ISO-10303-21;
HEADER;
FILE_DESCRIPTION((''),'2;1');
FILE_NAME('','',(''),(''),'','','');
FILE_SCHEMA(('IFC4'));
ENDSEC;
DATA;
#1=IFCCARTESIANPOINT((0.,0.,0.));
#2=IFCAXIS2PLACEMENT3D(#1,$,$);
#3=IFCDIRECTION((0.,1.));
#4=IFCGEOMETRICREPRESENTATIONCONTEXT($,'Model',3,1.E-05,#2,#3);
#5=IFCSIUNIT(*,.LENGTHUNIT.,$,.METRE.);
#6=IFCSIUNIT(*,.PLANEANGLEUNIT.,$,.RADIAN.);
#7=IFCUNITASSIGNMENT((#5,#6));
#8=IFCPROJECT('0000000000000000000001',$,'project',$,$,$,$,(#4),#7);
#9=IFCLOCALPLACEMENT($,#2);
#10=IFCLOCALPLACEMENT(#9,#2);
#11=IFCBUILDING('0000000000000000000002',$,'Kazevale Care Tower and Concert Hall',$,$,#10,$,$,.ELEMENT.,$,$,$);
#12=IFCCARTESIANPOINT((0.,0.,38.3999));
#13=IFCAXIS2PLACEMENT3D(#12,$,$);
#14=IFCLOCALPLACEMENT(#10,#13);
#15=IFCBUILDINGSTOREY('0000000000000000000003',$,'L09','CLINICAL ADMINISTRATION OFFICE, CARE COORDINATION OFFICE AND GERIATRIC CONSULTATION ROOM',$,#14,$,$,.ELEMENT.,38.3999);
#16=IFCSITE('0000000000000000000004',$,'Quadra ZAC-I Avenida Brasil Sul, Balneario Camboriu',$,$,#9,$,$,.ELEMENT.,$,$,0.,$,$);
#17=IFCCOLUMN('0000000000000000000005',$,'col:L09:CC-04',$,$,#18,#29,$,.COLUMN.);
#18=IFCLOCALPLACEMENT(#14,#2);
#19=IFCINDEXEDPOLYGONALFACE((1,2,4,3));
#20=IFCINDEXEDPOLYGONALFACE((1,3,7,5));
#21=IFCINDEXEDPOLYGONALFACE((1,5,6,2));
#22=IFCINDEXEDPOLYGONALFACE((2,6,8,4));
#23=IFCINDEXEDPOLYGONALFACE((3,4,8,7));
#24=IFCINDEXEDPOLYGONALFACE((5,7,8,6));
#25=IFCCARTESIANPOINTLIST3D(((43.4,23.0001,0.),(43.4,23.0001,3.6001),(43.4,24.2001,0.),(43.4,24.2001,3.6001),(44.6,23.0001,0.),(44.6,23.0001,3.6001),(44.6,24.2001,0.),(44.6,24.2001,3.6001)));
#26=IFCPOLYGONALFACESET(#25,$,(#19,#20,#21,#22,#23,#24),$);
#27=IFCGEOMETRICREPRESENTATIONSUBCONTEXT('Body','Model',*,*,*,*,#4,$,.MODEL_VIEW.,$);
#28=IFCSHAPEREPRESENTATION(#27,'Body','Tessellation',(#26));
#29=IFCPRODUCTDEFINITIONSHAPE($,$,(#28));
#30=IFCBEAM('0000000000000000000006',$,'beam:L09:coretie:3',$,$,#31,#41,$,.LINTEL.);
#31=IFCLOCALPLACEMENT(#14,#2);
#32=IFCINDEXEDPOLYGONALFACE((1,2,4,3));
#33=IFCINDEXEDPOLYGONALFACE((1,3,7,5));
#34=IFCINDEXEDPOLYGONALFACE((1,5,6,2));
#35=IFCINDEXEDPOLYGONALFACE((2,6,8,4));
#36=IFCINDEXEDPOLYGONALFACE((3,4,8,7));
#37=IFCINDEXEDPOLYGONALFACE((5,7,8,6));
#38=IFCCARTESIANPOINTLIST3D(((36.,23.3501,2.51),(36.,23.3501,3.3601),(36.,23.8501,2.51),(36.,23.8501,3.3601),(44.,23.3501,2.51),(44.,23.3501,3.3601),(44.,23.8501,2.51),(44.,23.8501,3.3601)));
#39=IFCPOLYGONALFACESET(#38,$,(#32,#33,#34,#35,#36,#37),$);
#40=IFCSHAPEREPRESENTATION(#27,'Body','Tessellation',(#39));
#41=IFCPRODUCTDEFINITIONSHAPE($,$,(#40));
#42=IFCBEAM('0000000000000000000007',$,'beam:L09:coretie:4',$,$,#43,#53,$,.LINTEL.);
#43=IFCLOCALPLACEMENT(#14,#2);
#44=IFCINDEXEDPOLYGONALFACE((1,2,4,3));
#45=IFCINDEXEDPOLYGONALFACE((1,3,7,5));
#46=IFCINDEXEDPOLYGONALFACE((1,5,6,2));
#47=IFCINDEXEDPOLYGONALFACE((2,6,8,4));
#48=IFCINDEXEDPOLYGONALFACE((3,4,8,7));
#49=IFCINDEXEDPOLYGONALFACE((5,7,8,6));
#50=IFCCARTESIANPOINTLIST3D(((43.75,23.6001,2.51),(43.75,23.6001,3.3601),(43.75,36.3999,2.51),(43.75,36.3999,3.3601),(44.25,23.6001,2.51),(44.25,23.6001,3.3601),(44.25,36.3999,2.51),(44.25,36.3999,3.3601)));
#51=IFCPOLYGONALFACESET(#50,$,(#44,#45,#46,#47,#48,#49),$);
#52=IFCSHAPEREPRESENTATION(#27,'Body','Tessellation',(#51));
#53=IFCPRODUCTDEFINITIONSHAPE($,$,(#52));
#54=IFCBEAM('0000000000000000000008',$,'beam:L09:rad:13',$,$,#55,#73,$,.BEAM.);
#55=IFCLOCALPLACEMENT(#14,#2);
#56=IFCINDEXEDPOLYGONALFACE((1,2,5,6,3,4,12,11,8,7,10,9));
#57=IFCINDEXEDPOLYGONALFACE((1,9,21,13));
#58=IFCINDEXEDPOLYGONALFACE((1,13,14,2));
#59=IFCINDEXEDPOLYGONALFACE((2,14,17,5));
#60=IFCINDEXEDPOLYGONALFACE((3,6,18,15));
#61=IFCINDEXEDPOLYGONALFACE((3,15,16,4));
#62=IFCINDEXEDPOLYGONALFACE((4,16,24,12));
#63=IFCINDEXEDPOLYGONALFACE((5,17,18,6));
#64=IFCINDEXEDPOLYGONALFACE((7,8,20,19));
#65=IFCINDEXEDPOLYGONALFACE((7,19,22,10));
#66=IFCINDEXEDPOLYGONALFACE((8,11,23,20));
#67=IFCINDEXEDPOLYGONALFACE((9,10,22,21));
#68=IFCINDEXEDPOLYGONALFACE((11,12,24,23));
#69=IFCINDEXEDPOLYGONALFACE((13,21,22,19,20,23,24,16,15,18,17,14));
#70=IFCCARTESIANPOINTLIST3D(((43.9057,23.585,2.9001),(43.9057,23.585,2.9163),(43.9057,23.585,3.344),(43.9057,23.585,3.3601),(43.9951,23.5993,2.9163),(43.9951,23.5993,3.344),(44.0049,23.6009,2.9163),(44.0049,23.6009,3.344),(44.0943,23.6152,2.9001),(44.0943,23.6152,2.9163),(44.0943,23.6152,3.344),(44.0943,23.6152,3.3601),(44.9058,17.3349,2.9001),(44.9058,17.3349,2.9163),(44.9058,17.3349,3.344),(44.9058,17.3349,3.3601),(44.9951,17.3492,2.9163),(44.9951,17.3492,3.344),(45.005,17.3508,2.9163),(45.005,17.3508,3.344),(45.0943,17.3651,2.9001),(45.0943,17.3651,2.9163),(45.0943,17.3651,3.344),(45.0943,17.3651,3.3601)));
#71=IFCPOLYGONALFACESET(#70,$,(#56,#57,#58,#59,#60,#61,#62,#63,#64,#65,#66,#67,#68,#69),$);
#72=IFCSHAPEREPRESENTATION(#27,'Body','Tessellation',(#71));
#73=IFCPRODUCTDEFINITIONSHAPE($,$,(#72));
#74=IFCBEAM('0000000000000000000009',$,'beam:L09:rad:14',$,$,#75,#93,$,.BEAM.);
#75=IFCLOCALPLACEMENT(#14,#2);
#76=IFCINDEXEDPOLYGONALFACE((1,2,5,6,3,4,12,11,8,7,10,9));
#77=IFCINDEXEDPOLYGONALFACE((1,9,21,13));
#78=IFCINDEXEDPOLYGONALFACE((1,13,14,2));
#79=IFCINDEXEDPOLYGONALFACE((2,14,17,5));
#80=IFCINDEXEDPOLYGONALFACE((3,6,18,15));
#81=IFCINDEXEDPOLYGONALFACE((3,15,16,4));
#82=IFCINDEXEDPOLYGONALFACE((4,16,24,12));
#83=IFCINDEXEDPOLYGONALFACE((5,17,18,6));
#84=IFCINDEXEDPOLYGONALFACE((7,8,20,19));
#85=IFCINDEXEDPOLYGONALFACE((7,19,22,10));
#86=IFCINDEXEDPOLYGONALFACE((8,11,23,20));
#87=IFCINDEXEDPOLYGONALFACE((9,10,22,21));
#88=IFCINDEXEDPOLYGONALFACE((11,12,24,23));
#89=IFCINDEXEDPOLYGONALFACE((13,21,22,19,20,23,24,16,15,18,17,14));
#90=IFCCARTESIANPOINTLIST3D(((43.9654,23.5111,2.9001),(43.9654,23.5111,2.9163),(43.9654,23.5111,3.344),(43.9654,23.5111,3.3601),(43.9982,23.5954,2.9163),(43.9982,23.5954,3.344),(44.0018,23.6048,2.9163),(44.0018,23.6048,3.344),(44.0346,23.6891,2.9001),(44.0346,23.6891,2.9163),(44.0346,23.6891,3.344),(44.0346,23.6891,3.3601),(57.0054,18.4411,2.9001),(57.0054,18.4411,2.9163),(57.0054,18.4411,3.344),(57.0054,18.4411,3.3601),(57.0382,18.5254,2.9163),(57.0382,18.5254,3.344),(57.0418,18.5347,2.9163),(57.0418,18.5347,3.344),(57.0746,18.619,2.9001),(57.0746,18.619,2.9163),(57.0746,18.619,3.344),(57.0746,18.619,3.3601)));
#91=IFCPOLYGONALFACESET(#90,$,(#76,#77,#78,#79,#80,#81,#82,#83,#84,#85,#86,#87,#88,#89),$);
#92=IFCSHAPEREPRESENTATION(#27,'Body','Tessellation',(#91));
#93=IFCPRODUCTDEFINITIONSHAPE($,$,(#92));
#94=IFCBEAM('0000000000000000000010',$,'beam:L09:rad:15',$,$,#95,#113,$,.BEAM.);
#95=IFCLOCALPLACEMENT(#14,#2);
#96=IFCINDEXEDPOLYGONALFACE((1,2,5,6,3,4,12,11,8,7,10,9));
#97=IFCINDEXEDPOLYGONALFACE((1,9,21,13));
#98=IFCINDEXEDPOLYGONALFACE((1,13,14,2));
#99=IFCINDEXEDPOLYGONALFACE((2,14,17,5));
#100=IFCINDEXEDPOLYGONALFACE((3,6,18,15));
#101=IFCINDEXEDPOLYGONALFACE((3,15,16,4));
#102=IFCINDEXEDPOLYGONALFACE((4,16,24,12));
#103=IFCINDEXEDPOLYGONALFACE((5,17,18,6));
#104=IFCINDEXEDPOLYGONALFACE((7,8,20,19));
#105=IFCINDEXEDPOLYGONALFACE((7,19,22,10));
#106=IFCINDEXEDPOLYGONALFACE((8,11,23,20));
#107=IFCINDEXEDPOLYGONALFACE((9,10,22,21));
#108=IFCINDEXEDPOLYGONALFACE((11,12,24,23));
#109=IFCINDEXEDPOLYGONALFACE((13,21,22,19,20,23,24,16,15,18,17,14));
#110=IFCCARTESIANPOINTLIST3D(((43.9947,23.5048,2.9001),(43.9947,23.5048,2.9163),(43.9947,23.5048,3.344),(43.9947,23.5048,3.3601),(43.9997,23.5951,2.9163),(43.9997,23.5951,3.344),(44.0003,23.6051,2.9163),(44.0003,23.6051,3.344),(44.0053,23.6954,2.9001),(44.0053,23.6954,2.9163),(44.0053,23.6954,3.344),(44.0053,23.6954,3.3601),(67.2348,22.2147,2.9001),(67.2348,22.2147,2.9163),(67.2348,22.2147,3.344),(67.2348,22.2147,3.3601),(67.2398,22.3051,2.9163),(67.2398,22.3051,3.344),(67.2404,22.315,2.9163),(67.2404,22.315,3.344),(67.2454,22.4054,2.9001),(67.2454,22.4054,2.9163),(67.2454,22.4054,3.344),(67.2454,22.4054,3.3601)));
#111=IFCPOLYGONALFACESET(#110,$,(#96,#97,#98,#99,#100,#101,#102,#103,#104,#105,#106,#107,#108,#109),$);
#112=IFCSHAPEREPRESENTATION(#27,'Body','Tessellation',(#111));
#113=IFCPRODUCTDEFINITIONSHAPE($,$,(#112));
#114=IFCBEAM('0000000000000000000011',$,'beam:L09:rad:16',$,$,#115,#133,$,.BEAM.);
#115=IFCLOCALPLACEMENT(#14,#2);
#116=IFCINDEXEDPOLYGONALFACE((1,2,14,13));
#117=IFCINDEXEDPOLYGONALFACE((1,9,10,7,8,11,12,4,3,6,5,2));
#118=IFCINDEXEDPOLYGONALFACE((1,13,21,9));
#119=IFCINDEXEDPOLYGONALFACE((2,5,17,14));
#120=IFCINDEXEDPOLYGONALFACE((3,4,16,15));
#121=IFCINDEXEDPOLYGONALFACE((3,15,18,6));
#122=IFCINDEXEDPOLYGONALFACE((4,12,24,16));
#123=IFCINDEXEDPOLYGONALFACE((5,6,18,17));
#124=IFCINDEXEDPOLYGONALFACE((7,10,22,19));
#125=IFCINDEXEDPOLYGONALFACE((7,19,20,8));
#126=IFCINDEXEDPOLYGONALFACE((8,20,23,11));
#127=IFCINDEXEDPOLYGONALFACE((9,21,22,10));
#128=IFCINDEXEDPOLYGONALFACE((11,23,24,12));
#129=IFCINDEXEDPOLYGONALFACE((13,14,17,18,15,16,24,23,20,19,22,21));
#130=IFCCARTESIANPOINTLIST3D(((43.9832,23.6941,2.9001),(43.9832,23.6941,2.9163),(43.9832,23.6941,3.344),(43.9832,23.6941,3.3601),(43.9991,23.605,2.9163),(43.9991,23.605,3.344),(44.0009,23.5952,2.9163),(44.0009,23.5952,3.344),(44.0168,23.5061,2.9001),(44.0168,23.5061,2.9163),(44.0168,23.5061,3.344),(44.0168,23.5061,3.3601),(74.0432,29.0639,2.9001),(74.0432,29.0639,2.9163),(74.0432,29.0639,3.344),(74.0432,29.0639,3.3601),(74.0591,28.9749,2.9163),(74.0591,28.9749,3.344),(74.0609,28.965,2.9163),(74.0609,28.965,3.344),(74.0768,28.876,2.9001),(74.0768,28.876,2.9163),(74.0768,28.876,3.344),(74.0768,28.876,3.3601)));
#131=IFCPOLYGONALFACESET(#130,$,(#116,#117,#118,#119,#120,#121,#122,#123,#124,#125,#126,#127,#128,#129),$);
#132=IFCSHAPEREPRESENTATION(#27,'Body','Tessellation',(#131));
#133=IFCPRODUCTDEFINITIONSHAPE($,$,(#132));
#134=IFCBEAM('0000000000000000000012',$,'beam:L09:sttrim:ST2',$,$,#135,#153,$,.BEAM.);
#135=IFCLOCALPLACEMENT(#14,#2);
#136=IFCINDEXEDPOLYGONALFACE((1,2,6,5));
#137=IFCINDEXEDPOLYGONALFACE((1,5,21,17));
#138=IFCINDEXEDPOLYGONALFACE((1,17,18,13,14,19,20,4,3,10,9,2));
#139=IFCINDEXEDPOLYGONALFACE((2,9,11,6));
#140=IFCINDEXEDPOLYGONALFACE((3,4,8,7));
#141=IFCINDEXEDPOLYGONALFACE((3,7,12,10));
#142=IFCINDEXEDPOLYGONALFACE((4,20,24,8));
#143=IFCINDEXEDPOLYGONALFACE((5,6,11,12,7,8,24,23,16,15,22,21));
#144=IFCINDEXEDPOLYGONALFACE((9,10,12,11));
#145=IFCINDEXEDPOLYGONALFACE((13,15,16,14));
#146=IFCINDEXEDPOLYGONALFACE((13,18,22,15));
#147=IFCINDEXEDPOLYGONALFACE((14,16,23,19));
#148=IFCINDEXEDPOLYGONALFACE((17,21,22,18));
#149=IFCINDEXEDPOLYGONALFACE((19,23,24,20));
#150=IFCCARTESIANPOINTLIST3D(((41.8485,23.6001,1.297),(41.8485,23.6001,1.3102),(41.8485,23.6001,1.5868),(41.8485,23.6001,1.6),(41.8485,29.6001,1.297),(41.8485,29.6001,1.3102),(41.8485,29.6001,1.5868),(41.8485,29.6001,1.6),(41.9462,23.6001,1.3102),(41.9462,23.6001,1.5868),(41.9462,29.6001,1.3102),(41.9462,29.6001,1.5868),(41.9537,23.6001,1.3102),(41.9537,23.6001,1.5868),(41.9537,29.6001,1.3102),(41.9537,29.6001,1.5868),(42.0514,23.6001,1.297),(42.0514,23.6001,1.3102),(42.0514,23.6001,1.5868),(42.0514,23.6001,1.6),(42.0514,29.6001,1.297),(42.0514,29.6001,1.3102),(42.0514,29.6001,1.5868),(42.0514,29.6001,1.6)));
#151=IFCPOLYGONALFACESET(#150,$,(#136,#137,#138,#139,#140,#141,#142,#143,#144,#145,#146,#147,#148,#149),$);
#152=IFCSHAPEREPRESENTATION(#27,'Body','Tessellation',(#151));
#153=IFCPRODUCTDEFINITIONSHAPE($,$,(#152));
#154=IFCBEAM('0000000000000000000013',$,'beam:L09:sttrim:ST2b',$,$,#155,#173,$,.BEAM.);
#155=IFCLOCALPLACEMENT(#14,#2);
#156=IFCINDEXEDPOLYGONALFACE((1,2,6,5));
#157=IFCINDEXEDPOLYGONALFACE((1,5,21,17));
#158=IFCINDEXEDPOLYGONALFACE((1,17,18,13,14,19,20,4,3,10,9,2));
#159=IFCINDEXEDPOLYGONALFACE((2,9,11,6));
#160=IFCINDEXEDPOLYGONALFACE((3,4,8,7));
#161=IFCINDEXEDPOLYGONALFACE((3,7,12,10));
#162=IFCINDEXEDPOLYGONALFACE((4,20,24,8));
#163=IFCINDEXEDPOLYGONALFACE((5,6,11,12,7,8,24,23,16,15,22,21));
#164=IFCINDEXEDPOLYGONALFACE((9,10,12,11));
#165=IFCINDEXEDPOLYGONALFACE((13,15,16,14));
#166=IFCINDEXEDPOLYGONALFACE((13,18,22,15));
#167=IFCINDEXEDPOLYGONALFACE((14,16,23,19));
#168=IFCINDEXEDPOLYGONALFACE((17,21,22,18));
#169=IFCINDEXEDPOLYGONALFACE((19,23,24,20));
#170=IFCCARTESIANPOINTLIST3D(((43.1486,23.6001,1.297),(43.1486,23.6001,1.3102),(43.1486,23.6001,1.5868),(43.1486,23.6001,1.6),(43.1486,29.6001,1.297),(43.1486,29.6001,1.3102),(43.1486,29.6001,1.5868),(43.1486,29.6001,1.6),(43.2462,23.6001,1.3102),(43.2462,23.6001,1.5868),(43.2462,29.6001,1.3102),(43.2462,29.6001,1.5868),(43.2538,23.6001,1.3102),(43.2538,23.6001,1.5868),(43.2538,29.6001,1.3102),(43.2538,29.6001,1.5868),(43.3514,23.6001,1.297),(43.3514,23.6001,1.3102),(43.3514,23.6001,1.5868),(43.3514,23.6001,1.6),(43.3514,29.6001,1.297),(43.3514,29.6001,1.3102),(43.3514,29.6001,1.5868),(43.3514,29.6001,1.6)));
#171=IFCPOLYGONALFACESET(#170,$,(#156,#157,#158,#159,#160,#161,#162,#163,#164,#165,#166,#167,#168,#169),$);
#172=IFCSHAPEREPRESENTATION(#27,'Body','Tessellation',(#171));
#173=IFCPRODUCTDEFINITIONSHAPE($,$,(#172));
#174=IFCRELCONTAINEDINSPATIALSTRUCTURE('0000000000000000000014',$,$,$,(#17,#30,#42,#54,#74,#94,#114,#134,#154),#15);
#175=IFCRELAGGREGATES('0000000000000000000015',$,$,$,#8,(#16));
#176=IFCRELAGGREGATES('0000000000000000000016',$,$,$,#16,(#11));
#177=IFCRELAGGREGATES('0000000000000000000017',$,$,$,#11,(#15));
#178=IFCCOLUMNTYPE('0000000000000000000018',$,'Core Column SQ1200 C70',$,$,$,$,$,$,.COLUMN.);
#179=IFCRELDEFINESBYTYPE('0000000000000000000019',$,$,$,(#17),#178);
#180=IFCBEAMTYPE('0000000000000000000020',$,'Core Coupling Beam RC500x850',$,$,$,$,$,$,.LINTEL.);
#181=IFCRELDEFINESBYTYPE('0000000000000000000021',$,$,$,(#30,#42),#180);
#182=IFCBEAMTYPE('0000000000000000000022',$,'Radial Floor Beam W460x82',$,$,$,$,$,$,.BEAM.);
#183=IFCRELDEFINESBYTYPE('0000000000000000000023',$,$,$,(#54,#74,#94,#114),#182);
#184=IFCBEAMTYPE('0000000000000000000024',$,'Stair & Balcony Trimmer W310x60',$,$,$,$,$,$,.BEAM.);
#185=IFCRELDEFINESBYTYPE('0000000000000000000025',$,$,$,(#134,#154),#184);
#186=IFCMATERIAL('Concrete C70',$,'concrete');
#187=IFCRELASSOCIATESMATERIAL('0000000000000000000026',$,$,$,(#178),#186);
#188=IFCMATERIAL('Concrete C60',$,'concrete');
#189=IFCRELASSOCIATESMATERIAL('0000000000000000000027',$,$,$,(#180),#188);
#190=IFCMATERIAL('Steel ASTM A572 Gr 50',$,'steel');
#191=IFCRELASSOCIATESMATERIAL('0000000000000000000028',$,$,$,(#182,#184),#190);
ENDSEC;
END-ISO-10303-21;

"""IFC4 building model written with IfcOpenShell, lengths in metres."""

from ifc_helpers import new_model, si_unit, direction, frame, origin, origin_2d, place, context, subcontext, project, spatial, rectangle, i_section, extrude, material, material_profile, profile_set, type_object, element, save


model = new_model("IFC4")

# Units and contexts
model_context = context("Model", 3, precision=1e-05, world=origin(), true_north=direction((0.0, 1.0)))
body_context = subcontext(model_context, "Body", "Model", "MODEL_VIEW")
ifc_project = project(units=[si_unit("LENGTHUNIT", "METRE"), si_unit("PLANEANGLEUNIT", "RADIAN")], contexts=[model_context])

# Site, building, storey
site_placement = place(None, origin())
site = spatial("IfcSite", under=ifc_project, at=site_placement, Name="Quadra ZAC-I Avenida Brasil Sul, Balneario Camboriu", CompositionType="ELEMENT", RefElevation=0.0)
building_placement = place(site_placement, origin())
building = spatial("IfcBuilding", under=site, at=building_placement, Name="Kazevale Care Tower and Concert Hall", CompositionType="ELEMENT")
storey_placement = place(building_placement, frame((0.0, 0.0, 38.3999)))
storey = spatial("IfcBuildingStorey", under=building, at=storey_placement, Name="L09", Description="CLINICAL ADMINISTRATION OFFICE, CARE COORDINATION OFFICE AND GERIATRIC CONSULTATION ROOM", CompositionType="ELEMENT", Elevation=38.3999)

# Column
ifc_material_1 = material(Name="Concrete C70", Category="concrete")
ifc_material_profile_1 = material_profile(ifc_material_1, rectangle(XDim=1.2, YDim=1.2, at=origin_2d()), Name="RC-SQ1200")
ifc_profile_set_1 = profile_set([ifc_material_profile_1], Name="Concrete C70")
column_type = type_object("IfcColumnType", Name="Core Column SQ1200 C70", PredefinedType="COLUMN", material=ifc_profile_set_1)
column_placement = place(storey_placement, frame((44.0, 23.6001, 0.0), z_axis=(0.0, 0.0, 1.0), x_axis=(1.0, 0.0, 0.0)))
element("IfcColumn", 1, at=column_placement, inside=storey, type_object=column_type, Name="col:L09:CC-04", PredefinedType="COLUMN", context=body_context, shape_type="SweptSolid", body=[
    extrude(rectangle(XDim=1.2, YDim=1.2, at=origin_2d()), origin(), (0.0, 0.0, 1.0), 3.6001),
])

# Beams
ifc_material_2 = material(Name="Concrete C60", Category="concrete")
ifc_material_profile_2 = material_profile(ifc_material_2, rectangle(XDim=0.5, YDim=0.8501, at=origin_2d()), Name="RC-B500x850")
ifc_profile_set_2 = profile_set([ifc_material_profile_2], Name="Concrete C60")
beam_type_1 = type_object("IfcBeamType", Name="Core Coupling Beam RC500x850", PredefinedType="LINTEL", material=ifc_profile_set_2)
beam_1_placement = place(storey_placement, frame((36.0, 23.6001, 2.9351), z_axis=(1.0, 0.0, 0.0), x_axis=(0.0, 1.0, 0.0)))
element("IfcBeam", 2, at=beam_1_placement, inside=storey, type_object=beam_type_1, Name="beam:L09:coretie:3", PredefinedType="LINTEL", context=body_context, shape_type="SweptSolid", body=[
    extrude(rectangle(XDim=0.5, YDim=0.8501, at=origin_2d()), origin(), (0.0, 0.0, 1.0), 8.0),
])
beam_2_placement = place(storey_placement, frame((44.0, 23.6001, 2.9351), z_axis=(0.0, 1.0, 0.0), x_axis=(-1.0, 0.0, 0.0)))
element("IfcBeam", 3, at=beam_2_placement, inside=storey, type_object=beam_type_1, Name="beam:L09:coretie:4", PredefinedType="LINTEL", context=body_context, shape_type="SweptSolid", body=[
    extrude(rectangle(XDim=0.5, YDim=0.8501, at=origin_2d()), origin(), (0.0, 0.0, 1.0), 12.7998),
])
ifc_material_3 = material(Name="Steel ASTM A572 Gr 50", Category="steel")
ifc_material_profile_3 = material_profile(ifc_material_3, i_section(OverallWidth=0.1909, OverallDepth=0.46, WebThickness=0.01, FlangeThickness=0.0161, at=origin_2d()), Name="W460x82")
ifc_profile_set_3 = profile_set([ifc_material_profile_3], Name="Steel ASTM A572 Gr 50")
beam_type_2 = type_object("IfcBeamType", Name="Radial Floor Beam W460x82", PredefinedType="BEAM", material=ifc_profile_set_3)
beam_3_placement = place(storey_placement, frame((44.0, 23.6001, 3.1301), z_axis=(0.157991, -0.987441, 0.0), x_axis=(0.987441, 0.157991, 0.0)))
element("IfcBeam", 4, at=beam_3_placement, inside=storey, type_object=beam_type_2, Name="beam:L09:rad:13", PredefinedType="BEAM", context=body_context, shape_type="SweptSolid", body=[
    extrude(i_section(OverallWidth=0.1909, OverallDepth=0.46, WebThickness=0.01, FlangeThickness=0.0161, at=origin_2d()), origin(), (0.0, 0.0, 1.0), 6.3296),
])
beam_4_placement = place(storey_placement, frame((44.0, 23.6001, 3.1301), z_axis=(0.93203, -0.362381, 0.0), x_axis=(0.362381, 0.93203, 0.0)))
element("IfcBeam", 5, at=beam_4_placement, inside=storey, type_object=beam_type_2, Name="beam:L09:rad:14", PredefinedType="BEAM", context=body_context, shape_type="SweptSolid", body=[
    extrude(i_section(OverallWidth=0.1909, OverallDepth=0.46, WebThickness=0.01, FlangeThickness=0.0161, at=origin_2d()), origin(), (0.0, 0.0, 1.0), 13.991),
])
beam_5_placement = place(storey_placement, frame((44.0, 23.6001, 3.1301), z_axis=(0.998463, -0.055424, 0.0), x_axis=(0.055424, 0.998463, 0.0)))
element("IfcBeam", 6, at=beam_5_placement, inside=storey, type_object=beam_type_2, Name="beam:L09:rad:15", PredefinedType="BEAM", context=body_context, shape_type="SweptSolid", body=[
    extrude(i_section(OverallWidth=0.1909, OverallDepth=0.46, WebThickness=0.01, FlangeThickness=0.0161, at=origin_2d()), origin(), (0.0, 0.0, 1.0), 23.2759),
])
beam_6_placement = place(storey_placement, frame((44.0, 23.6001, 3.1301), z_axis=(0.984416, 0.175854, 0.0), x_axis=(-0.175854, 0.984416, 0.0)))
element("IfcBeam", 7, at=beam_6_placement, inside=storey, type_object=beam_type_2, Name="beam:L09:rad:16", PredefinedType="BEAM", context=body_context, shape_type="SweptSolid", body=[
    extrude(i_section(OverallWidth=0.1909, OverallDepth=0.46, WebThickness=0.01, FlangeThickness=0.0161, at=origin_2d()), origin(), (0.0, 0.0, 1.0), 30.5359),
])
ifc_material_profile_4 = material_profile(ifc_material_3, i_section(OverallWidth=0.2029, OverallDepth=0.303, WebThickness=0.0076, FlangeThickness=0.0132, at=origin_2d()), Name="W310x60")
ifc_profile_set_4 = profile_set([ifc_material_profile_4], Name="Steel ASTM A572 Gr 50")
beam_type_3 = type_object("IfcBeamType", Name="Stair & Balcony Trimmer W310x60", PredefinedType="BEAM", material=ifc_profile_set_4)
for number, where, z_axis, x_axis, name in (
    (8, (41.95, 23.6001, 1.4485), (0.0, 1.0, 0.0), (-1.0, 0.0, 0.0), "beam:L09:sttrim:ST2"),
    (9, (43.25, 23.6001, 1.4485), (0.0, 1.0, 0.0), (-1.0, 0.0, 0.0), "beam:L09:sttrim:ST2b"),
):
    element("IfcBeam", number, at=place(storey_placement, frame(where, z_axis=z_axis, x_axis=x_axis)), inside=storey, type_object=beam_type_3, Name=name, PredefinedType="BEAM", context=body_context, shape_type="SweptSolid", body=[
        extrude(i_section(OverallWidth=0.2029, OverallDepth=0.303, WebThickness=0.0076, FlangeThickness=0.0132, at=origin_2d()), origin(), (0.0, 0.0, 1.0), 6.0),
    ])

save(model, "model.ifc")
